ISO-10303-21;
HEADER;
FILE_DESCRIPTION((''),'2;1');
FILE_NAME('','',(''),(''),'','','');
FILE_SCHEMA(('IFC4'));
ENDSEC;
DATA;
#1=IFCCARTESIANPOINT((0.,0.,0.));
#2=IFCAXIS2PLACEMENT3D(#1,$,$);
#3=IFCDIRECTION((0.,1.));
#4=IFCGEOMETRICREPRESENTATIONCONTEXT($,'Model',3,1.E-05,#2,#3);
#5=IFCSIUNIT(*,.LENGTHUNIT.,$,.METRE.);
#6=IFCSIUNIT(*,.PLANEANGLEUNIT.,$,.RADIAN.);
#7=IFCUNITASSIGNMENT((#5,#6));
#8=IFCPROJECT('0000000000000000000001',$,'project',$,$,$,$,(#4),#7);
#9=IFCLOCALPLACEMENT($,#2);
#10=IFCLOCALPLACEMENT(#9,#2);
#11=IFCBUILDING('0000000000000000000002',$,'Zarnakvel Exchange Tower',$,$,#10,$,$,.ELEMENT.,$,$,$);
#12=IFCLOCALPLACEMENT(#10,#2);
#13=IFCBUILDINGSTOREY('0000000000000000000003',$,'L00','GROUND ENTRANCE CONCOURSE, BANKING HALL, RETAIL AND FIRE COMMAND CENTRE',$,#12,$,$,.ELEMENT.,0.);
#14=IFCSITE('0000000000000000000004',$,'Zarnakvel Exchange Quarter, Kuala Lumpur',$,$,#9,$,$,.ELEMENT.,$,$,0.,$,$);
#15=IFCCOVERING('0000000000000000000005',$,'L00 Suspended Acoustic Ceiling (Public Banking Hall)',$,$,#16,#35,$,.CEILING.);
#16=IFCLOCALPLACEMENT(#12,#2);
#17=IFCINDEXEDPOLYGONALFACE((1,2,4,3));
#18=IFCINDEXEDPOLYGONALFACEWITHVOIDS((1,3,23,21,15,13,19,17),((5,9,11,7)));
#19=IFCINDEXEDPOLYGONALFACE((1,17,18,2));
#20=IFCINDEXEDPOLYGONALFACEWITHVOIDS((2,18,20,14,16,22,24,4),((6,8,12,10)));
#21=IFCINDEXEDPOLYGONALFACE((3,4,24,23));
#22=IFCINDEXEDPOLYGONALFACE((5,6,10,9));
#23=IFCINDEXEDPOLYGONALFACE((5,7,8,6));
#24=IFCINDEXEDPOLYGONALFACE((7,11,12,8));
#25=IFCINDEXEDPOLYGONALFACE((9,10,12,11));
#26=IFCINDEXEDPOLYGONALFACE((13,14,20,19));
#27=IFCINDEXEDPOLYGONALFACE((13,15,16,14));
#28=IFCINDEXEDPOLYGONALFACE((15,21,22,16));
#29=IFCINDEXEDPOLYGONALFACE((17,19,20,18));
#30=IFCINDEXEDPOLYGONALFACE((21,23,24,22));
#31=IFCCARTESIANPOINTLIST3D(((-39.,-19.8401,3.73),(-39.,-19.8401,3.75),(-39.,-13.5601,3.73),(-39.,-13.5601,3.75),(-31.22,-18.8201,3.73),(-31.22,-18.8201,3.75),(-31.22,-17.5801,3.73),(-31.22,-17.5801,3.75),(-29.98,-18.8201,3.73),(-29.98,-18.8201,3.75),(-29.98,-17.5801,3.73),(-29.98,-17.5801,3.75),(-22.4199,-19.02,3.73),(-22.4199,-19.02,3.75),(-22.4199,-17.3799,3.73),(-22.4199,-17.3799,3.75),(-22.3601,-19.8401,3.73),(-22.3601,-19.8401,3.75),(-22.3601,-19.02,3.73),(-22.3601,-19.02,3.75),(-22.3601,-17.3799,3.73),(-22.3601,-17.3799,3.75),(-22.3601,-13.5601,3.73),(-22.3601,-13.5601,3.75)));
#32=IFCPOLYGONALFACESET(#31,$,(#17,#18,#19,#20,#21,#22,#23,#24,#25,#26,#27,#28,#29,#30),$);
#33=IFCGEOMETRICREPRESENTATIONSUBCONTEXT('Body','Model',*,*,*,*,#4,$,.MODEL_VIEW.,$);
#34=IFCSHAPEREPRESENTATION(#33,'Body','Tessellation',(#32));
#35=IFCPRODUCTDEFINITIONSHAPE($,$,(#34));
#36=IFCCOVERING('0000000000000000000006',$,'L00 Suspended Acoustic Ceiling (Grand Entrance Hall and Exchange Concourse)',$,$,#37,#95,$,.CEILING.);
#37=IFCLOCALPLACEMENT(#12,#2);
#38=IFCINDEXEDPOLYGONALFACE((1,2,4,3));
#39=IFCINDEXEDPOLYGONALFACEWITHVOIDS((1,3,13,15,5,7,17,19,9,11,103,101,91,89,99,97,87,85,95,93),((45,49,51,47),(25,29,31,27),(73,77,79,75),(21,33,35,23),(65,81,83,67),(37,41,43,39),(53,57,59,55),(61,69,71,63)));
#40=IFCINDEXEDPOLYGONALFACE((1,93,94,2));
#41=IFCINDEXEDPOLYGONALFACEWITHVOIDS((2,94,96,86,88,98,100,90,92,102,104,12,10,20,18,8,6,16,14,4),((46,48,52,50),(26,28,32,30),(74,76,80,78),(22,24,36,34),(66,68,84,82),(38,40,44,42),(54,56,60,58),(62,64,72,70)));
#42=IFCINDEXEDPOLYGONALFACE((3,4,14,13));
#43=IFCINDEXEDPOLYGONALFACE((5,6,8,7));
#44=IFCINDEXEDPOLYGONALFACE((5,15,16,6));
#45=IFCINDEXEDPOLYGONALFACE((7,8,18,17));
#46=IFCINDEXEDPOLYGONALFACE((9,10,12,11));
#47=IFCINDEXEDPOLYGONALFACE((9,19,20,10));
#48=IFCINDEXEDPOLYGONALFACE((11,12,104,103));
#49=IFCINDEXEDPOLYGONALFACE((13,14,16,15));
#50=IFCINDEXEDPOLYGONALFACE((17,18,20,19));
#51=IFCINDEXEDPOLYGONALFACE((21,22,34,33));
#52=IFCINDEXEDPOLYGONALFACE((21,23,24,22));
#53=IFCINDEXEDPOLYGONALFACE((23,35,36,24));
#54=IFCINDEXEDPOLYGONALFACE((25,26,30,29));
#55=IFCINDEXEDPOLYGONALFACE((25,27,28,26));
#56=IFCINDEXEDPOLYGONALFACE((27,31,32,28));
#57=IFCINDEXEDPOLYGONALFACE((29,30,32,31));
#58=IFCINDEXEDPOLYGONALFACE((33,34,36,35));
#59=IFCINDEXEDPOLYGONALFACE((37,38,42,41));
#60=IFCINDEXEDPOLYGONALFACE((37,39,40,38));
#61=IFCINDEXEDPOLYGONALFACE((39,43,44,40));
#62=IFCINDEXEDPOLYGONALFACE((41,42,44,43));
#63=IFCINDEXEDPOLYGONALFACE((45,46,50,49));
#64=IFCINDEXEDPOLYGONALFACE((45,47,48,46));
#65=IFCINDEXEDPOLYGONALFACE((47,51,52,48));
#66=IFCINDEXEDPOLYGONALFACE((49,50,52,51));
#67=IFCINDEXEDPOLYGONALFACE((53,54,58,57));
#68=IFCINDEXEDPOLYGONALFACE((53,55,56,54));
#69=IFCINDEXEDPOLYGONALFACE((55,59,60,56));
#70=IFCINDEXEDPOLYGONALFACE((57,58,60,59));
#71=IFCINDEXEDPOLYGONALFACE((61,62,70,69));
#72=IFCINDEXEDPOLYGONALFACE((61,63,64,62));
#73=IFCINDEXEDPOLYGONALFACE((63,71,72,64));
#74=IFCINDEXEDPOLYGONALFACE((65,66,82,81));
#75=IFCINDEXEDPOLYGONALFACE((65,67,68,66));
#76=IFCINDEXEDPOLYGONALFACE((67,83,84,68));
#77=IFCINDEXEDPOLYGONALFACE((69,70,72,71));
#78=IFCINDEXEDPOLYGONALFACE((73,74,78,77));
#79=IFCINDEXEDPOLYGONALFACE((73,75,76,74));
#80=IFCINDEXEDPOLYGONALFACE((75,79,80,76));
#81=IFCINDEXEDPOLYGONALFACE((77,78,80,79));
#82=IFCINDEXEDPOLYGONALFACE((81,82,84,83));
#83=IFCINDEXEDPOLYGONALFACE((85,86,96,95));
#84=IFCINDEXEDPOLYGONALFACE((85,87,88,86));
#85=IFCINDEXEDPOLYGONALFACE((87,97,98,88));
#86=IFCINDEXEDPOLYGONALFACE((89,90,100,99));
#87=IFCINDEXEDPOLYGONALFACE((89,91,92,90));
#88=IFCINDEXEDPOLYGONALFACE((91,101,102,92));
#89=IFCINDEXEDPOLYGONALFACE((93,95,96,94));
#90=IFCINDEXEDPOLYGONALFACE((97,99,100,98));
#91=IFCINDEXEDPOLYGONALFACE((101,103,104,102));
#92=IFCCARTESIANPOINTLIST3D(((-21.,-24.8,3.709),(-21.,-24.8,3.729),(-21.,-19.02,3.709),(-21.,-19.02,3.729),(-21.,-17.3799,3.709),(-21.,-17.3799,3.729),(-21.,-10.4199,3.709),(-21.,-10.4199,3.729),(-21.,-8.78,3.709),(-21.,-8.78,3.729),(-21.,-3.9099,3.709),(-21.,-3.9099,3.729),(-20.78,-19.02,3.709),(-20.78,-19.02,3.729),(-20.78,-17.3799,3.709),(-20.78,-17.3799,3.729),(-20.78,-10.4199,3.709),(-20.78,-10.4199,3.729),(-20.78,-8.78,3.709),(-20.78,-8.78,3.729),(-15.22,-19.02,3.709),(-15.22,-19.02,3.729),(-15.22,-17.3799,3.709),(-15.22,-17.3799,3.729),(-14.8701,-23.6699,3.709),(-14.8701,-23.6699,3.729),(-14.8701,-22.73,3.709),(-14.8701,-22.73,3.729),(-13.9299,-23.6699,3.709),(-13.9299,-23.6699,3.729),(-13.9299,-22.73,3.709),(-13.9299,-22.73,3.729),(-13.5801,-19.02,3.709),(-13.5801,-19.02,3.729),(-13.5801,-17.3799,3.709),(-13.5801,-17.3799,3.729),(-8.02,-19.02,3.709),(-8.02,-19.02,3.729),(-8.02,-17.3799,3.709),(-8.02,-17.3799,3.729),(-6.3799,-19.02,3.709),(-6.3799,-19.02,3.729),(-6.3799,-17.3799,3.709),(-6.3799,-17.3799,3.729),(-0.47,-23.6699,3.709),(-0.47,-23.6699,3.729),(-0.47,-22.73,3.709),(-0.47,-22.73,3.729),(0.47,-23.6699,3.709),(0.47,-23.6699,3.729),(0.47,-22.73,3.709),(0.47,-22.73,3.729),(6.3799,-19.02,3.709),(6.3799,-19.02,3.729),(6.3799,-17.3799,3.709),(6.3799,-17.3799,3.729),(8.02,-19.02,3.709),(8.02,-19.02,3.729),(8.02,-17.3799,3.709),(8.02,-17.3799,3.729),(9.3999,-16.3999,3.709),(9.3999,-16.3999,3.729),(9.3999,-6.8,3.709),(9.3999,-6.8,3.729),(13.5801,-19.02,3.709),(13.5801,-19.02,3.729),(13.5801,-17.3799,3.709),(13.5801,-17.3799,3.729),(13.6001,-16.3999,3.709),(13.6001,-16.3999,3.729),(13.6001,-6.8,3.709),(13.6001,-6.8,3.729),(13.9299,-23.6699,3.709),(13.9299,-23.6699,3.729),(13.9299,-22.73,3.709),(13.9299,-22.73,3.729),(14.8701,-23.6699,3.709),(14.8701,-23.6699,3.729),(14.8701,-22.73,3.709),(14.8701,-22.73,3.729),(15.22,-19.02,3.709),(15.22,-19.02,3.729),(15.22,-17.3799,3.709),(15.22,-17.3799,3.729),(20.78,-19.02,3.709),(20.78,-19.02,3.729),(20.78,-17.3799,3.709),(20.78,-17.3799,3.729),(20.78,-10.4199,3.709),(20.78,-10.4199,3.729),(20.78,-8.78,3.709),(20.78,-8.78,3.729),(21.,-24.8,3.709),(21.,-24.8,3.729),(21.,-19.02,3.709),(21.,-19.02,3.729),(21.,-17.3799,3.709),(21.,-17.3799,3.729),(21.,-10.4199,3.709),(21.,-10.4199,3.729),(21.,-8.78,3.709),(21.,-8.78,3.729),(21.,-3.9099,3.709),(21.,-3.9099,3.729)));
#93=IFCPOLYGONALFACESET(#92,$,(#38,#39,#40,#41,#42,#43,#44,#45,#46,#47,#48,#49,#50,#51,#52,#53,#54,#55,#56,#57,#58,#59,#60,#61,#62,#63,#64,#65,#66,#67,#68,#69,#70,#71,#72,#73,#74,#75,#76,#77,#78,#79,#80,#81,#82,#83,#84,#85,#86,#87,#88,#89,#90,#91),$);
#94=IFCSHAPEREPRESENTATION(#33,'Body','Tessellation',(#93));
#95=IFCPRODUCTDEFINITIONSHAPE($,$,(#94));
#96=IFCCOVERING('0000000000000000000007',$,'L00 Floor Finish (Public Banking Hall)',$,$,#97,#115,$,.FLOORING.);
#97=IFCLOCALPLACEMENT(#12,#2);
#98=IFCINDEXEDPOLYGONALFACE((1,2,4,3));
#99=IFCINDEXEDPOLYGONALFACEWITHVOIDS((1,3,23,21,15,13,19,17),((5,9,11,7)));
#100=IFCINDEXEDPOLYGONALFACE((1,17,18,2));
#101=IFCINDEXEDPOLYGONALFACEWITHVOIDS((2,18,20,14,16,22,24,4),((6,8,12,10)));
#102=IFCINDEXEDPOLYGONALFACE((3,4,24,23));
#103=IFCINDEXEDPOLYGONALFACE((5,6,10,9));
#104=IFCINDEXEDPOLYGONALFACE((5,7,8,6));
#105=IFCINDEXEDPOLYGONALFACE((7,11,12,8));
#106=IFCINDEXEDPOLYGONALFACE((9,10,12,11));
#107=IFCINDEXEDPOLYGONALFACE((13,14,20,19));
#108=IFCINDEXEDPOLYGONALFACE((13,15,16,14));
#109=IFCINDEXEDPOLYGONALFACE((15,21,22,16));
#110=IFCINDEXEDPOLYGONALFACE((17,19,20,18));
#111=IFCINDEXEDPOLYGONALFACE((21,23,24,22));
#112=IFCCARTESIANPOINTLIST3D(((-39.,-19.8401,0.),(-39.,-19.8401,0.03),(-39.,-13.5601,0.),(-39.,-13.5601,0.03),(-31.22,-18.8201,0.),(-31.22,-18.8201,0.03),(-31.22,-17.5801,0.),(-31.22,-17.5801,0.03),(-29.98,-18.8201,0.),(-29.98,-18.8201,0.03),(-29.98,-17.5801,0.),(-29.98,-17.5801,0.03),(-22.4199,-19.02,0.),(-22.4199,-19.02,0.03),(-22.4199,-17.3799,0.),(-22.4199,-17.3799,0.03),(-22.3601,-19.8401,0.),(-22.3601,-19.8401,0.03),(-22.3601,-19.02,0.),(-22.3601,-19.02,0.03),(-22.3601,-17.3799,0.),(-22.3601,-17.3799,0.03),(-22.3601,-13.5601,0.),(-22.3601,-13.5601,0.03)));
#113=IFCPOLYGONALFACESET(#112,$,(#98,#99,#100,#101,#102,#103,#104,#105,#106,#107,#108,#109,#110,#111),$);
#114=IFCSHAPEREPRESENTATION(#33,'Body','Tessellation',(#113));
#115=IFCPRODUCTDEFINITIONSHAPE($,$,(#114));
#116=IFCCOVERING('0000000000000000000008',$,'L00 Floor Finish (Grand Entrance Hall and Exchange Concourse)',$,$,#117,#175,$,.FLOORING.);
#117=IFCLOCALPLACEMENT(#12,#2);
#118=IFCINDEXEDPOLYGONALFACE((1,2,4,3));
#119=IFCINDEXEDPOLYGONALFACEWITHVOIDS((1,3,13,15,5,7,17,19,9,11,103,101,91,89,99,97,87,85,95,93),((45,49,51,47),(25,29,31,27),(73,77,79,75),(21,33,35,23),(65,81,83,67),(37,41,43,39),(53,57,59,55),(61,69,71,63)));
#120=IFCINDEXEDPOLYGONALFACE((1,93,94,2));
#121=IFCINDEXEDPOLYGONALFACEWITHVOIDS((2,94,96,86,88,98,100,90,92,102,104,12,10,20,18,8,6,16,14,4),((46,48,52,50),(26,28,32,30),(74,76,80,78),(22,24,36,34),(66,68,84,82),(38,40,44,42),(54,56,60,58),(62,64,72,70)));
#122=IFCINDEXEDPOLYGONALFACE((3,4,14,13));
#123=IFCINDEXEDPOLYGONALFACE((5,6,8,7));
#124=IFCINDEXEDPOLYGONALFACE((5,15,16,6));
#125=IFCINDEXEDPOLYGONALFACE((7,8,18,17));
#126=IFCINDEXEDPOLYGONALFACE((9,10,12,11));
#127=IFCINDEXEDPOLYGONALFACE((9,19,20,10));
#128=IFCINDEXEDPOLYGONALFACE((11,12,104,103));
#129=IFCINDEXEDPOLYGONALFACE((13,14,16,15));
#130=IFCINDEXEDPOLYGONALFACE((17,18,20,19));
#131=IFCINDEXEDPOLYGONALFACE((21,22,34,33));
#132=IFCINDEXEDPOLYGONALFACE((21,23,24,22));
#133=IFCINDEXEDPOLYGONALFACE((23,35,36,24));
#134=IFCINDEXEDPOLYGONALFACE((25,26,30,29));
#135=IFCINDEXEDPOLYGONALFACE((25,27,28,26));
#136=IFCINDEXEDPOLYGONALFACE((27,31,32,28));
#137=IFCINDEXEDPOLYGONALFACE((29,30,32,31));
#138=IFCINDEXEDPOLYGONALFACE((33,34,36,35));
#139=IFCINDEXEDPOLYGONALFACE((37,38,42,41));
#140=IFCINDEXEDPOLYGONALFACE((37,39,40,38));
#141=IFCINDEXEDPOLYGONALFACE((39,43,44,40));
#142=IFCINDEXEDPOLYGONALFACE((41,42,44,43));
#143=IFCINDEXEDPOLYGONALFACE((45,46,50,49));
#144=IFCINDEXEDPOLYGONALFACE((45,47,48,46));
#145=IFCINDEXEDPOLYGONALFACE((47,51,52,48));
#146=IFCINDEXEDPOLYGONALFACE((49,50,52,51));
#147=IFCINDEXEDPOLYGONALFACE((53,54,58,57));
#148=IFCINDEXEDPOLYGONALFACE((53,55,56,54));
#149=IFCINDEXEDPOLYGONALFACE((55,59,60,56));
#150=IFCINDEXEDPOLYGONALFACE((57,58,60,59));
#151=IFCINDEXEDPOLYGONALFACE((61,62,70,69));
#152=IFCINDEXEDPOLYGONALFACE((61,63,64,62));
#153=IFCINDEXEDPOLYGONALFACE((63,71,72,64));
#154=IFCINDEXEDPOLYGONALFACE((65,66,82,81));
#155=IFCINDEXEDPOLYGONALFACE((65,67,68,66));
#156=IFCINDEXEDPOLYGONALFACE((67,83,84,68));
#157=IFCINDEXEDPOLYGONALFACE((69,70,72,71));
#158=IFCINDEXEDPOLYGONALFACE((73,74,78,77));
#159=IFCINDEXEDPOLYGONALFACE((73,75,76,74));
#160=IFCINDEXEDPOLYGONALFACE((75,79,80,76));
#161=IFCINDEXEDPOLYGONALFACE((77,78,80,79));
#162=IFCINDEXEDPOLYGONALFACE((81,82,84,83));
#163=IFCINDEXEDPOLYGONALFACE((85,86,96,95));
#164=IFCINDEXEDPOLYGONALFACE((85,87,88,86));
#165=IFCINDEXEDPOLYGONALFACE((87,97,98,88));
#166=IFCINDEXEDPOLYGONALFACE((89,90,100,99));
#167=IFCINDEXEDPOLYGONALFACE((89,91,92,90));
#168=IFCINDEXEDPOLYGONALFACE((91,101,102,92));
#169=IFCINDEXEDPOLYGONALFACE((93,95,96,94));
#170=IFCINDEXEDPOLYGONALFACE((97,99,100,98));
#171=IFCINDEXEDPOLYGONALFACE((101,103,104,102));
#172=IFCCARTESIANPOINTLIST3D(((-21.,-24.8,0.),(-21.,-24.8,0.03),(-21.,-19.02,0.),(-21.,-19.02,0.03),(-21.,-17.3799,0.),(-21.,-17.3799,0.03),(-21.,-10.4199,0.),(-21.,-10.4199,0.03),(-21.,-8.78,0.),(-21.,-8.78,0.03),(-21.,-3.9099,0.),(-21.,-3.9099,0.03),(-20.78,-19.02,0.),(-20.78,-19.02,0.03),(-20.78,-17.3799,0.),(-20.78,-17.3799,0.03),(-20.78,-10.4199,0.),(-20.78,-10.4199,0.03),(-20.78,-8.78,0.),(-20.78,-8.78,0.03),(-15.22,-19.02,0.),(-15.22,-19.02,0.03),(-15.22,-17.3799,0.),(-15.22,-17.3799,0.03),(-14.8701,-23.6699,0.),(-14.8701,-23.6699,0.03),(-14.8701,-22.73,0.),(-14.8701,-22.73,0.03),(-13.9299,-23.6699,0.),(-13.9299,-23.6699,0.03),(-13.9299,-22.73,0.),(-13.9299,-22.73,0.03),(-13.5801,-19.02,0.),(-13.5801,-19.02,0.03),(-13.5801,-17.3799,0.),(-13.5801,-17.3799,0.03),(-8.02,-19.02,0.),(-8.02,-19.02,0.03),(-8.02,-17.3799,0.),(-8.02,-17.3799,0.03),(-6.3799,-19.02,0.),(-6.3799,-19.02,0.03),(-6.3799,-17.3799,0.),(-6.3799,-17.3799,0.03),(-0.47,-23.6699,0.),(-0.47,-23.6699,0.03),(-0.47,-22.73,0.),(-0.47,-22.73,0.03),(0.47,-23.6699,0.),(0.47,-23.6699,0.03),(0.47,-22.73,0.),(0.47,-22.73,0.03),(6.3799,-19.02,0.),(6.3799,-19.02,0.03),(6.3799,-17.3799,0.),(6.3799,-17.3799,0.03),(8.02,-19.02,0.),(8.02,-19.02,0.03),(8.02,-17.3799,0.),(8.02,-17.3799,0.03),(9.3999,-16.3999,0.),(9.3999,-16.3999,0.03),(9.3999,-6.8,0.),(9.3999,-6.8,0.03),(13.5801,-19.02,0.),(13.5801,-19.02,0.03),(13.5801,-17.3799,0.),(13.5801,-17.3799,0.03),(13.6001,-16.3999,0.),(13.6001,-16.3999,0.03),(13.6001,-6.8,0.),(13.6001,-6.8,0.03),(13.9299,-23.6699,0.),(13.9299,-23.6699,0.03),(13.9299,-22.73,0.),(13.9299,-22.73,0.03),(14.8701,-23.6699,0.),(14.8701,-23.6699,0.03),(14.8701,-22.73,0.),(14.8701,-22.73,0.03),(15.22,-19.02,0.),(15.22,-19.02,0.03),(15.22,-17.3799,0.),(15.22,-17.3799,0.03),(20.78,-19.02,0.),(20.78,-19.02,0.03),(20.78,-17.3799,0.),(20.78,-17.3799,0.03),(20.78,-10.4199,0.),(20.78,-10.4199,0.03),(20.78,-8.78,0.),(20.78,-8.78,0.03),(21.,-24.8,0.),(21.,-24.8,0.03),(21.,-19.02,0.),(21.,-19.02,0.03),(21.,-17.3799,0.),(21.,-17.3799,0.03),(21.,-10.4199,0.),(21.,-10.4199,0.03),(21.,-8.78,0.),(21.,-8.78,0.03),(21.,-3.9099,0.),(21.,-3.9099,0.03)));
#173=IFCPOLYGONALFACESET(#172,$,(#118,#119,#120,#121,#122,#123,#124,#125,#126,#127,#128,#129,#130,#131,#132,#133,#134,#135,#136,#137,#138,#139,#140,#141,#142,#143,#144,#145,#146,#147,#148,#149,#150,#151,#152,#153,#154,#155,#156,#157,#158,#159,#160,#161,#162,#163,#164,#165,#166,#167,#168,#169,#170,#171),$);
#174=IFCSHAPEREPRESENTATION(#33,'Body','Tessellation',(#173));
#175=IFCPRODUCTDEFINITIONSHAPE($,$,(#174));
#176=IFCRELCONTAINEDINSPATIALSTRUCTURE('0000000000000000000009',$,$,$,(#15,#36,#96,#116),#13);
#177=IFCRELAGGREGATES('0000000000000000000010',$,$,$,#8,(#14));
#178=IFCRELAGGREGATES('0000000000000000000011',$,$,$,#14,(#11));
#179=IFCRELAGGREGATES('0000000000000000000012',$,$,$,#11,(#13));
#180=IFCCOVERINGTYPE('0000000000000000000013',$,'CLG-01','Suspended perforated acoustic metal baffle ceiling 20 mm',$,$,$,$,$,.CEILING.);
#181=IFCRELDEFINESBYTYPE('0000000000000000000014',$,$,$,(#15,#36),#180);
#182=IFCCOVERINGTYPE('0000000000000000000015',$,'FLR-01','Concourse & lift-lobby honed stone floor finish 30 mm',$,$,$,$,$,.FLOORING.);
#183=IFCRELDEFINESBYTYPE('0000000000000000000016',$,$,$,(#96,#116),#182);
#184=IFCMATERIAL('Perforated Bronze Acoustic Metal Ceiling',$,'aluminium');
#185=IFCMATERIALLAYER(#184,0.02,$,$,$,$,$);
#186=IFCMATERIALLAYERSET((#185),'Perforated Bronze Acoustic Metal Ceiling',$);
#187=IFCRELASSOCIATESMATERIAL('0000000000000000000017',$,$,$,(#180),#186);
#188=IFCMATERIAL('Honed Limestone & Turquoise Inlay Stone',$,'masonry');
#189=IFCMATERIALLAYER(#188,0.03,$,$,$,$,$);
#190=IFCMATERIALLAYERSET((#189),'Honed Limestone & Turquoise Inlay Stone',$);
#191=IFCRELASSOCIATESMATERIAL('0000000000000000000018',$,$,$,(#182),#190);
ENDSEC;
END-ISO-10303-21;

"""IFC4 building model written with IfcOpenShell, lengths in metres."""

from ifc_helpers import new_model, si_unit, direction, frame, origin, place, context, subcontext, project, spatial, polyline, outline, extrude, material, layer, layer_set, type_object, element, save


model = new_model("IFC4")

# Units and contexts
model_context = context("Model", 3, precision=1e-05, world=origin(), true_north=direction((0.0, 1.0)))
body_context = subcontext(model_context, "Body", "Model", "MODEL_VIEW")
ifc_project = project(units=[si_unit("LENGTHUNIT", "METRE"), si_unit("PLANEANGLEUNIT", "RADIAN")], contexts=[model_context])

# Site, building, storey
site_placement = place(None, origin())
site = spatial("IfcSite", under=ifc_project, at=site_placement, Name="Zarnakvel Exchange Quarter, Kuala Lumpur", CompositionType="ELEMENT", RefElevation=0.0)
building_placement = place(site_placement, origin())
building = spatial("IfcBuilding", under=site, at=building_placement, Name="Zarnakvel Exchange Tower", CompositionType="ELEMENT")
storey_placement = place(building_placement, origin())
storey = spatial("IfcBuildingStorey", under=building, at=storey_placement, Name="L00", Description="GROUND ENTRANCE CONCOURSE, BANKING HALL, RETAIL AND FIRE COMMAND CENTRE", CompositionType="ELEMENT", Elevation=0.0)

# Coverings
ifc_material_1 = material(Name="Perforated Bronze Acoustic Metal Ceiling", Category="aluminium")
ifc_layer_1 = layer(ifc_material_1, 0.02)
ifc_layer_set_1 = layer_set([ifc_layer_1], Name="Perforated Bronze Acoustic Metal Ceiling")
covering_type_1 = type_object("IfcCoveringType", Name="CLG-01", Description="Suspended perforated acoustic metal baffle ceiling 20 mm", PredefinedType="CEILING", material=ifc_layer_set_1)
covering_1_placement = place(storey_placement, frame((0.0, 0.0, 3.73)))
element("IfcCovering", 1, at=covering_1_placement, inside=storey, type_object=covering_type_1, Name="L00 Suspended Acoustic Ceiling (Public Banking Hall)", PredefinedType="CEILING", context=body_context, shape_type="SweptSolid", body=[
    extrude(outline(polyline([(-22.3601, -13.5601), (-22.3601, -17.3799), (-22.4199, -17.3799), (-22.4199, -19.02), (-22.3601, -19.02), (-22.3601, -19.8401), (-39.0, -19.8401), (-39.0, -13.5601), (-22.3601, -13.5601)]), holes=[polyline([(-29.98, -18.8201), (-29.98, -17.5801), (-31.22, -17.5801), (-31.22, -18.8201), (-29.98, -18.8201)])]), origin(), (0.0, 0.0, 1.0), 0.02),
])
covering_2_placement = place(storey_placement, frame((0.0, 0.0, 3.709)))
element("IfcCovering", 2, at=covering_2_placement, inside=storey, type_object=covering_type_1, Name="L00 Suspended Acoustic Ceiling (Grand Entrance Hall and Exchange Concourse)", PredefinedType="CEILING", context=body_context, shape_type="SweptSolid", body=[
    extrude(outline(polyline([(21.0, -3.9099), (21.0, -8.78), (20.78, -8.78), (20.78, -10.4199), (21.0, -10.4199), (21.0, -17.3799), (20.78, -17.3799), (20.78, -19.02), (21.0, -19.02), (21.0, -24.8), (-21.0, -24.8), (-21.0, -19.02), (-20.78, -19.02), (-20.78, -17.3799), (-21.0, -17.3799), (-21.0, -10.4199), (-20.78, -10.4199), (-20.78, -8.78), (-21.0, -8.78), (-21.0, -3.9099), (21.0, -3.9099)]), holes=[polyline([(9.3999, -6.8), (9.3999, -16.3999), (13.6001, -16.3999), (13.6001, -6.8), (9.3999, -6.8)]), polyline([(13.5801, -19.02), (15.22, -19.02), (15.22, -17.3799), (13.5801, -17.3799), (13.5801, -19.02)]), polyline([(13.9299, -23.6699), (14.8701, -23.6699), (14.8701, -22.73), (13.9299, -22.73), (13.9299, -23.6699)]), polyline([(8.02, -19.02), (8.02, -17.3799), (6.3799, -17.3799), (6.3799, -19.02), (8.02, -19.02)]), polyline([(0.47, -23.6699), (0.47, -22.73), (-0.47, -22.73), (-0.47, -23.6699), (0.47, -23.6699)]), polyline([(-8.02, -19.02), (-6.3799, -19.02), (-6.3799, -17.3799), (-8.02, -17.3799), (-8.02, -19.02)]), polyline([(-13.5801, -19.02), (-13.5801, -17.3799), (-15.22, -17.3799), (-15.22, -19.02), (-13.5801, -19.02)]), polyline([(-14.8701, -23.6699), (-13.9299, -23.6699), (-13.9299, -22.73), (-14.8701, -22.73), (-14.8701, -23.6699)])]), origin(), (0.0, 0.0, 1.0), 0.02),
])
ifc_material_2 = material(Name="Honed Limestone & Turquoise Inlay Stone", Category="masonry")
ifc_layer_2 = layer(ifc_material_2, 0.03)
ifc_layer_set_2 = layer_set([ifc_layer_2], Name="Honed Limestone & Turquoise Inlay Stone")
covering_type_2 = type_object("IfcCoveringType", Name="FLR-01", Description="Concourse & lift-lobby honed stone floor finish 30 mm", PredefinedType="FLOORING", material=ifc_layer_set_2)
covering_3_placement = place(storey_placement, origin())
element("IfcCovering", 3, at=covering_3_placement, inside=storey, type_object=covering_type_2, Name="L00 Floor Finish (Public Banking Hall)", PredefinedType="FLOORING", context=body_context, shape_type="SweptSolid", body=[
    extrude(outline(polyline([(-22.3601, -13.5601), (-22.3601, -17.3799), (-22.4199, -17.3799), (-22.4199, -19.02), (-22.3601, -19.02), (-22.3601, -19.8401), (-39.0, -19.8401), (-39.0, -13.5601), (-22.3601, -13.5601)]), holes=[polyline([(-29.98, -18.8201), (-29.98, -17.5801), (-31.22, -17.5801), (-31.22, -18.8201), (-29.98, -18.8201)])]), origin(), (0.0, 0.0, 1.0), 0.03),
])
covering_4_placement = place(storey_placement, origin())
element("IfcCovering", 4, at=covering_4_placement, inside=storey, type_object=covering_type_2, Name="L00 Floor Finish (Grand Entrance Hall and Exchange Concourse)", PredefinedType="FLOORING", context=body_context, shape_type="SweptSolid", body=[
    extrude(outline(polyline([(21.0, -3.9099), (21.0, -8.78), (20.78, -8.78), (20.78, -10.4199), (21.0, -10.4199), (21.0, -17.3799), (20.78, -17.3799), (20.78, -19.02), (21.0, -19.02), (21.0, -24.8), (-21.0, -24.8), (-21.0, -19.02), (-20.78, -19.02), (-20.78, -17.3799), (-21.0, -17.3799), (-21.0, -10.4199), (-20.78, -10.4199), (-20.78, -8.78), (-21.0, -8.78), (-21.0, -3.9099), (21.0, -3.9099)]), holes=[polyline([(9.3999, -6.8), (9.3999, -16.3999), (13.6001, -16.3999), (13.6001, -6.8), (9.3999, -6.8)]), polyline([(13.5801, -19.02), (15.22, -19.02), (15.22, -17.3799), (13.5801, -17.3799), (13.5801, -19.02)]), polyline([(13.9299, -23.6699), (14.8701, -23.6699), (14.8701, -22.73), (13.9299, -22.73), (13.9299, -23.6699)]), polyline([(8.02, -19.02), (8.02, -17.3799), (6.3799, -17.3799), (6.3799, -19.02), (8.02, -19.02)]), polyline([(0.47, -23.6699), (0.47, -22.73), (-0.47, -22.73), (-0.47, -23.6699), (0.47, -23.6699)]), polyline([(-8.02, -19.02), (-6.3799, -19.02), (-6.3799, -17.3799), (-8.02, -17.3799), (-8.02, -19.02)]), polyline([(-13.5801, -19.02), (-13.5801, -17.3799), (-15.22, -17.3799), (-15.22, -19.02), (-13.5801, -19.02)]), polyline([(-14.8701, -23.6699), (-13.9299, -23.6699), (-13.9299, -22.73), (-14.8701, -22.73), (-14.8701, -23.6699)])]), origin(), (0.0, 0.0, 1.0), 0.03),
])

save(model, "model.ifc")
